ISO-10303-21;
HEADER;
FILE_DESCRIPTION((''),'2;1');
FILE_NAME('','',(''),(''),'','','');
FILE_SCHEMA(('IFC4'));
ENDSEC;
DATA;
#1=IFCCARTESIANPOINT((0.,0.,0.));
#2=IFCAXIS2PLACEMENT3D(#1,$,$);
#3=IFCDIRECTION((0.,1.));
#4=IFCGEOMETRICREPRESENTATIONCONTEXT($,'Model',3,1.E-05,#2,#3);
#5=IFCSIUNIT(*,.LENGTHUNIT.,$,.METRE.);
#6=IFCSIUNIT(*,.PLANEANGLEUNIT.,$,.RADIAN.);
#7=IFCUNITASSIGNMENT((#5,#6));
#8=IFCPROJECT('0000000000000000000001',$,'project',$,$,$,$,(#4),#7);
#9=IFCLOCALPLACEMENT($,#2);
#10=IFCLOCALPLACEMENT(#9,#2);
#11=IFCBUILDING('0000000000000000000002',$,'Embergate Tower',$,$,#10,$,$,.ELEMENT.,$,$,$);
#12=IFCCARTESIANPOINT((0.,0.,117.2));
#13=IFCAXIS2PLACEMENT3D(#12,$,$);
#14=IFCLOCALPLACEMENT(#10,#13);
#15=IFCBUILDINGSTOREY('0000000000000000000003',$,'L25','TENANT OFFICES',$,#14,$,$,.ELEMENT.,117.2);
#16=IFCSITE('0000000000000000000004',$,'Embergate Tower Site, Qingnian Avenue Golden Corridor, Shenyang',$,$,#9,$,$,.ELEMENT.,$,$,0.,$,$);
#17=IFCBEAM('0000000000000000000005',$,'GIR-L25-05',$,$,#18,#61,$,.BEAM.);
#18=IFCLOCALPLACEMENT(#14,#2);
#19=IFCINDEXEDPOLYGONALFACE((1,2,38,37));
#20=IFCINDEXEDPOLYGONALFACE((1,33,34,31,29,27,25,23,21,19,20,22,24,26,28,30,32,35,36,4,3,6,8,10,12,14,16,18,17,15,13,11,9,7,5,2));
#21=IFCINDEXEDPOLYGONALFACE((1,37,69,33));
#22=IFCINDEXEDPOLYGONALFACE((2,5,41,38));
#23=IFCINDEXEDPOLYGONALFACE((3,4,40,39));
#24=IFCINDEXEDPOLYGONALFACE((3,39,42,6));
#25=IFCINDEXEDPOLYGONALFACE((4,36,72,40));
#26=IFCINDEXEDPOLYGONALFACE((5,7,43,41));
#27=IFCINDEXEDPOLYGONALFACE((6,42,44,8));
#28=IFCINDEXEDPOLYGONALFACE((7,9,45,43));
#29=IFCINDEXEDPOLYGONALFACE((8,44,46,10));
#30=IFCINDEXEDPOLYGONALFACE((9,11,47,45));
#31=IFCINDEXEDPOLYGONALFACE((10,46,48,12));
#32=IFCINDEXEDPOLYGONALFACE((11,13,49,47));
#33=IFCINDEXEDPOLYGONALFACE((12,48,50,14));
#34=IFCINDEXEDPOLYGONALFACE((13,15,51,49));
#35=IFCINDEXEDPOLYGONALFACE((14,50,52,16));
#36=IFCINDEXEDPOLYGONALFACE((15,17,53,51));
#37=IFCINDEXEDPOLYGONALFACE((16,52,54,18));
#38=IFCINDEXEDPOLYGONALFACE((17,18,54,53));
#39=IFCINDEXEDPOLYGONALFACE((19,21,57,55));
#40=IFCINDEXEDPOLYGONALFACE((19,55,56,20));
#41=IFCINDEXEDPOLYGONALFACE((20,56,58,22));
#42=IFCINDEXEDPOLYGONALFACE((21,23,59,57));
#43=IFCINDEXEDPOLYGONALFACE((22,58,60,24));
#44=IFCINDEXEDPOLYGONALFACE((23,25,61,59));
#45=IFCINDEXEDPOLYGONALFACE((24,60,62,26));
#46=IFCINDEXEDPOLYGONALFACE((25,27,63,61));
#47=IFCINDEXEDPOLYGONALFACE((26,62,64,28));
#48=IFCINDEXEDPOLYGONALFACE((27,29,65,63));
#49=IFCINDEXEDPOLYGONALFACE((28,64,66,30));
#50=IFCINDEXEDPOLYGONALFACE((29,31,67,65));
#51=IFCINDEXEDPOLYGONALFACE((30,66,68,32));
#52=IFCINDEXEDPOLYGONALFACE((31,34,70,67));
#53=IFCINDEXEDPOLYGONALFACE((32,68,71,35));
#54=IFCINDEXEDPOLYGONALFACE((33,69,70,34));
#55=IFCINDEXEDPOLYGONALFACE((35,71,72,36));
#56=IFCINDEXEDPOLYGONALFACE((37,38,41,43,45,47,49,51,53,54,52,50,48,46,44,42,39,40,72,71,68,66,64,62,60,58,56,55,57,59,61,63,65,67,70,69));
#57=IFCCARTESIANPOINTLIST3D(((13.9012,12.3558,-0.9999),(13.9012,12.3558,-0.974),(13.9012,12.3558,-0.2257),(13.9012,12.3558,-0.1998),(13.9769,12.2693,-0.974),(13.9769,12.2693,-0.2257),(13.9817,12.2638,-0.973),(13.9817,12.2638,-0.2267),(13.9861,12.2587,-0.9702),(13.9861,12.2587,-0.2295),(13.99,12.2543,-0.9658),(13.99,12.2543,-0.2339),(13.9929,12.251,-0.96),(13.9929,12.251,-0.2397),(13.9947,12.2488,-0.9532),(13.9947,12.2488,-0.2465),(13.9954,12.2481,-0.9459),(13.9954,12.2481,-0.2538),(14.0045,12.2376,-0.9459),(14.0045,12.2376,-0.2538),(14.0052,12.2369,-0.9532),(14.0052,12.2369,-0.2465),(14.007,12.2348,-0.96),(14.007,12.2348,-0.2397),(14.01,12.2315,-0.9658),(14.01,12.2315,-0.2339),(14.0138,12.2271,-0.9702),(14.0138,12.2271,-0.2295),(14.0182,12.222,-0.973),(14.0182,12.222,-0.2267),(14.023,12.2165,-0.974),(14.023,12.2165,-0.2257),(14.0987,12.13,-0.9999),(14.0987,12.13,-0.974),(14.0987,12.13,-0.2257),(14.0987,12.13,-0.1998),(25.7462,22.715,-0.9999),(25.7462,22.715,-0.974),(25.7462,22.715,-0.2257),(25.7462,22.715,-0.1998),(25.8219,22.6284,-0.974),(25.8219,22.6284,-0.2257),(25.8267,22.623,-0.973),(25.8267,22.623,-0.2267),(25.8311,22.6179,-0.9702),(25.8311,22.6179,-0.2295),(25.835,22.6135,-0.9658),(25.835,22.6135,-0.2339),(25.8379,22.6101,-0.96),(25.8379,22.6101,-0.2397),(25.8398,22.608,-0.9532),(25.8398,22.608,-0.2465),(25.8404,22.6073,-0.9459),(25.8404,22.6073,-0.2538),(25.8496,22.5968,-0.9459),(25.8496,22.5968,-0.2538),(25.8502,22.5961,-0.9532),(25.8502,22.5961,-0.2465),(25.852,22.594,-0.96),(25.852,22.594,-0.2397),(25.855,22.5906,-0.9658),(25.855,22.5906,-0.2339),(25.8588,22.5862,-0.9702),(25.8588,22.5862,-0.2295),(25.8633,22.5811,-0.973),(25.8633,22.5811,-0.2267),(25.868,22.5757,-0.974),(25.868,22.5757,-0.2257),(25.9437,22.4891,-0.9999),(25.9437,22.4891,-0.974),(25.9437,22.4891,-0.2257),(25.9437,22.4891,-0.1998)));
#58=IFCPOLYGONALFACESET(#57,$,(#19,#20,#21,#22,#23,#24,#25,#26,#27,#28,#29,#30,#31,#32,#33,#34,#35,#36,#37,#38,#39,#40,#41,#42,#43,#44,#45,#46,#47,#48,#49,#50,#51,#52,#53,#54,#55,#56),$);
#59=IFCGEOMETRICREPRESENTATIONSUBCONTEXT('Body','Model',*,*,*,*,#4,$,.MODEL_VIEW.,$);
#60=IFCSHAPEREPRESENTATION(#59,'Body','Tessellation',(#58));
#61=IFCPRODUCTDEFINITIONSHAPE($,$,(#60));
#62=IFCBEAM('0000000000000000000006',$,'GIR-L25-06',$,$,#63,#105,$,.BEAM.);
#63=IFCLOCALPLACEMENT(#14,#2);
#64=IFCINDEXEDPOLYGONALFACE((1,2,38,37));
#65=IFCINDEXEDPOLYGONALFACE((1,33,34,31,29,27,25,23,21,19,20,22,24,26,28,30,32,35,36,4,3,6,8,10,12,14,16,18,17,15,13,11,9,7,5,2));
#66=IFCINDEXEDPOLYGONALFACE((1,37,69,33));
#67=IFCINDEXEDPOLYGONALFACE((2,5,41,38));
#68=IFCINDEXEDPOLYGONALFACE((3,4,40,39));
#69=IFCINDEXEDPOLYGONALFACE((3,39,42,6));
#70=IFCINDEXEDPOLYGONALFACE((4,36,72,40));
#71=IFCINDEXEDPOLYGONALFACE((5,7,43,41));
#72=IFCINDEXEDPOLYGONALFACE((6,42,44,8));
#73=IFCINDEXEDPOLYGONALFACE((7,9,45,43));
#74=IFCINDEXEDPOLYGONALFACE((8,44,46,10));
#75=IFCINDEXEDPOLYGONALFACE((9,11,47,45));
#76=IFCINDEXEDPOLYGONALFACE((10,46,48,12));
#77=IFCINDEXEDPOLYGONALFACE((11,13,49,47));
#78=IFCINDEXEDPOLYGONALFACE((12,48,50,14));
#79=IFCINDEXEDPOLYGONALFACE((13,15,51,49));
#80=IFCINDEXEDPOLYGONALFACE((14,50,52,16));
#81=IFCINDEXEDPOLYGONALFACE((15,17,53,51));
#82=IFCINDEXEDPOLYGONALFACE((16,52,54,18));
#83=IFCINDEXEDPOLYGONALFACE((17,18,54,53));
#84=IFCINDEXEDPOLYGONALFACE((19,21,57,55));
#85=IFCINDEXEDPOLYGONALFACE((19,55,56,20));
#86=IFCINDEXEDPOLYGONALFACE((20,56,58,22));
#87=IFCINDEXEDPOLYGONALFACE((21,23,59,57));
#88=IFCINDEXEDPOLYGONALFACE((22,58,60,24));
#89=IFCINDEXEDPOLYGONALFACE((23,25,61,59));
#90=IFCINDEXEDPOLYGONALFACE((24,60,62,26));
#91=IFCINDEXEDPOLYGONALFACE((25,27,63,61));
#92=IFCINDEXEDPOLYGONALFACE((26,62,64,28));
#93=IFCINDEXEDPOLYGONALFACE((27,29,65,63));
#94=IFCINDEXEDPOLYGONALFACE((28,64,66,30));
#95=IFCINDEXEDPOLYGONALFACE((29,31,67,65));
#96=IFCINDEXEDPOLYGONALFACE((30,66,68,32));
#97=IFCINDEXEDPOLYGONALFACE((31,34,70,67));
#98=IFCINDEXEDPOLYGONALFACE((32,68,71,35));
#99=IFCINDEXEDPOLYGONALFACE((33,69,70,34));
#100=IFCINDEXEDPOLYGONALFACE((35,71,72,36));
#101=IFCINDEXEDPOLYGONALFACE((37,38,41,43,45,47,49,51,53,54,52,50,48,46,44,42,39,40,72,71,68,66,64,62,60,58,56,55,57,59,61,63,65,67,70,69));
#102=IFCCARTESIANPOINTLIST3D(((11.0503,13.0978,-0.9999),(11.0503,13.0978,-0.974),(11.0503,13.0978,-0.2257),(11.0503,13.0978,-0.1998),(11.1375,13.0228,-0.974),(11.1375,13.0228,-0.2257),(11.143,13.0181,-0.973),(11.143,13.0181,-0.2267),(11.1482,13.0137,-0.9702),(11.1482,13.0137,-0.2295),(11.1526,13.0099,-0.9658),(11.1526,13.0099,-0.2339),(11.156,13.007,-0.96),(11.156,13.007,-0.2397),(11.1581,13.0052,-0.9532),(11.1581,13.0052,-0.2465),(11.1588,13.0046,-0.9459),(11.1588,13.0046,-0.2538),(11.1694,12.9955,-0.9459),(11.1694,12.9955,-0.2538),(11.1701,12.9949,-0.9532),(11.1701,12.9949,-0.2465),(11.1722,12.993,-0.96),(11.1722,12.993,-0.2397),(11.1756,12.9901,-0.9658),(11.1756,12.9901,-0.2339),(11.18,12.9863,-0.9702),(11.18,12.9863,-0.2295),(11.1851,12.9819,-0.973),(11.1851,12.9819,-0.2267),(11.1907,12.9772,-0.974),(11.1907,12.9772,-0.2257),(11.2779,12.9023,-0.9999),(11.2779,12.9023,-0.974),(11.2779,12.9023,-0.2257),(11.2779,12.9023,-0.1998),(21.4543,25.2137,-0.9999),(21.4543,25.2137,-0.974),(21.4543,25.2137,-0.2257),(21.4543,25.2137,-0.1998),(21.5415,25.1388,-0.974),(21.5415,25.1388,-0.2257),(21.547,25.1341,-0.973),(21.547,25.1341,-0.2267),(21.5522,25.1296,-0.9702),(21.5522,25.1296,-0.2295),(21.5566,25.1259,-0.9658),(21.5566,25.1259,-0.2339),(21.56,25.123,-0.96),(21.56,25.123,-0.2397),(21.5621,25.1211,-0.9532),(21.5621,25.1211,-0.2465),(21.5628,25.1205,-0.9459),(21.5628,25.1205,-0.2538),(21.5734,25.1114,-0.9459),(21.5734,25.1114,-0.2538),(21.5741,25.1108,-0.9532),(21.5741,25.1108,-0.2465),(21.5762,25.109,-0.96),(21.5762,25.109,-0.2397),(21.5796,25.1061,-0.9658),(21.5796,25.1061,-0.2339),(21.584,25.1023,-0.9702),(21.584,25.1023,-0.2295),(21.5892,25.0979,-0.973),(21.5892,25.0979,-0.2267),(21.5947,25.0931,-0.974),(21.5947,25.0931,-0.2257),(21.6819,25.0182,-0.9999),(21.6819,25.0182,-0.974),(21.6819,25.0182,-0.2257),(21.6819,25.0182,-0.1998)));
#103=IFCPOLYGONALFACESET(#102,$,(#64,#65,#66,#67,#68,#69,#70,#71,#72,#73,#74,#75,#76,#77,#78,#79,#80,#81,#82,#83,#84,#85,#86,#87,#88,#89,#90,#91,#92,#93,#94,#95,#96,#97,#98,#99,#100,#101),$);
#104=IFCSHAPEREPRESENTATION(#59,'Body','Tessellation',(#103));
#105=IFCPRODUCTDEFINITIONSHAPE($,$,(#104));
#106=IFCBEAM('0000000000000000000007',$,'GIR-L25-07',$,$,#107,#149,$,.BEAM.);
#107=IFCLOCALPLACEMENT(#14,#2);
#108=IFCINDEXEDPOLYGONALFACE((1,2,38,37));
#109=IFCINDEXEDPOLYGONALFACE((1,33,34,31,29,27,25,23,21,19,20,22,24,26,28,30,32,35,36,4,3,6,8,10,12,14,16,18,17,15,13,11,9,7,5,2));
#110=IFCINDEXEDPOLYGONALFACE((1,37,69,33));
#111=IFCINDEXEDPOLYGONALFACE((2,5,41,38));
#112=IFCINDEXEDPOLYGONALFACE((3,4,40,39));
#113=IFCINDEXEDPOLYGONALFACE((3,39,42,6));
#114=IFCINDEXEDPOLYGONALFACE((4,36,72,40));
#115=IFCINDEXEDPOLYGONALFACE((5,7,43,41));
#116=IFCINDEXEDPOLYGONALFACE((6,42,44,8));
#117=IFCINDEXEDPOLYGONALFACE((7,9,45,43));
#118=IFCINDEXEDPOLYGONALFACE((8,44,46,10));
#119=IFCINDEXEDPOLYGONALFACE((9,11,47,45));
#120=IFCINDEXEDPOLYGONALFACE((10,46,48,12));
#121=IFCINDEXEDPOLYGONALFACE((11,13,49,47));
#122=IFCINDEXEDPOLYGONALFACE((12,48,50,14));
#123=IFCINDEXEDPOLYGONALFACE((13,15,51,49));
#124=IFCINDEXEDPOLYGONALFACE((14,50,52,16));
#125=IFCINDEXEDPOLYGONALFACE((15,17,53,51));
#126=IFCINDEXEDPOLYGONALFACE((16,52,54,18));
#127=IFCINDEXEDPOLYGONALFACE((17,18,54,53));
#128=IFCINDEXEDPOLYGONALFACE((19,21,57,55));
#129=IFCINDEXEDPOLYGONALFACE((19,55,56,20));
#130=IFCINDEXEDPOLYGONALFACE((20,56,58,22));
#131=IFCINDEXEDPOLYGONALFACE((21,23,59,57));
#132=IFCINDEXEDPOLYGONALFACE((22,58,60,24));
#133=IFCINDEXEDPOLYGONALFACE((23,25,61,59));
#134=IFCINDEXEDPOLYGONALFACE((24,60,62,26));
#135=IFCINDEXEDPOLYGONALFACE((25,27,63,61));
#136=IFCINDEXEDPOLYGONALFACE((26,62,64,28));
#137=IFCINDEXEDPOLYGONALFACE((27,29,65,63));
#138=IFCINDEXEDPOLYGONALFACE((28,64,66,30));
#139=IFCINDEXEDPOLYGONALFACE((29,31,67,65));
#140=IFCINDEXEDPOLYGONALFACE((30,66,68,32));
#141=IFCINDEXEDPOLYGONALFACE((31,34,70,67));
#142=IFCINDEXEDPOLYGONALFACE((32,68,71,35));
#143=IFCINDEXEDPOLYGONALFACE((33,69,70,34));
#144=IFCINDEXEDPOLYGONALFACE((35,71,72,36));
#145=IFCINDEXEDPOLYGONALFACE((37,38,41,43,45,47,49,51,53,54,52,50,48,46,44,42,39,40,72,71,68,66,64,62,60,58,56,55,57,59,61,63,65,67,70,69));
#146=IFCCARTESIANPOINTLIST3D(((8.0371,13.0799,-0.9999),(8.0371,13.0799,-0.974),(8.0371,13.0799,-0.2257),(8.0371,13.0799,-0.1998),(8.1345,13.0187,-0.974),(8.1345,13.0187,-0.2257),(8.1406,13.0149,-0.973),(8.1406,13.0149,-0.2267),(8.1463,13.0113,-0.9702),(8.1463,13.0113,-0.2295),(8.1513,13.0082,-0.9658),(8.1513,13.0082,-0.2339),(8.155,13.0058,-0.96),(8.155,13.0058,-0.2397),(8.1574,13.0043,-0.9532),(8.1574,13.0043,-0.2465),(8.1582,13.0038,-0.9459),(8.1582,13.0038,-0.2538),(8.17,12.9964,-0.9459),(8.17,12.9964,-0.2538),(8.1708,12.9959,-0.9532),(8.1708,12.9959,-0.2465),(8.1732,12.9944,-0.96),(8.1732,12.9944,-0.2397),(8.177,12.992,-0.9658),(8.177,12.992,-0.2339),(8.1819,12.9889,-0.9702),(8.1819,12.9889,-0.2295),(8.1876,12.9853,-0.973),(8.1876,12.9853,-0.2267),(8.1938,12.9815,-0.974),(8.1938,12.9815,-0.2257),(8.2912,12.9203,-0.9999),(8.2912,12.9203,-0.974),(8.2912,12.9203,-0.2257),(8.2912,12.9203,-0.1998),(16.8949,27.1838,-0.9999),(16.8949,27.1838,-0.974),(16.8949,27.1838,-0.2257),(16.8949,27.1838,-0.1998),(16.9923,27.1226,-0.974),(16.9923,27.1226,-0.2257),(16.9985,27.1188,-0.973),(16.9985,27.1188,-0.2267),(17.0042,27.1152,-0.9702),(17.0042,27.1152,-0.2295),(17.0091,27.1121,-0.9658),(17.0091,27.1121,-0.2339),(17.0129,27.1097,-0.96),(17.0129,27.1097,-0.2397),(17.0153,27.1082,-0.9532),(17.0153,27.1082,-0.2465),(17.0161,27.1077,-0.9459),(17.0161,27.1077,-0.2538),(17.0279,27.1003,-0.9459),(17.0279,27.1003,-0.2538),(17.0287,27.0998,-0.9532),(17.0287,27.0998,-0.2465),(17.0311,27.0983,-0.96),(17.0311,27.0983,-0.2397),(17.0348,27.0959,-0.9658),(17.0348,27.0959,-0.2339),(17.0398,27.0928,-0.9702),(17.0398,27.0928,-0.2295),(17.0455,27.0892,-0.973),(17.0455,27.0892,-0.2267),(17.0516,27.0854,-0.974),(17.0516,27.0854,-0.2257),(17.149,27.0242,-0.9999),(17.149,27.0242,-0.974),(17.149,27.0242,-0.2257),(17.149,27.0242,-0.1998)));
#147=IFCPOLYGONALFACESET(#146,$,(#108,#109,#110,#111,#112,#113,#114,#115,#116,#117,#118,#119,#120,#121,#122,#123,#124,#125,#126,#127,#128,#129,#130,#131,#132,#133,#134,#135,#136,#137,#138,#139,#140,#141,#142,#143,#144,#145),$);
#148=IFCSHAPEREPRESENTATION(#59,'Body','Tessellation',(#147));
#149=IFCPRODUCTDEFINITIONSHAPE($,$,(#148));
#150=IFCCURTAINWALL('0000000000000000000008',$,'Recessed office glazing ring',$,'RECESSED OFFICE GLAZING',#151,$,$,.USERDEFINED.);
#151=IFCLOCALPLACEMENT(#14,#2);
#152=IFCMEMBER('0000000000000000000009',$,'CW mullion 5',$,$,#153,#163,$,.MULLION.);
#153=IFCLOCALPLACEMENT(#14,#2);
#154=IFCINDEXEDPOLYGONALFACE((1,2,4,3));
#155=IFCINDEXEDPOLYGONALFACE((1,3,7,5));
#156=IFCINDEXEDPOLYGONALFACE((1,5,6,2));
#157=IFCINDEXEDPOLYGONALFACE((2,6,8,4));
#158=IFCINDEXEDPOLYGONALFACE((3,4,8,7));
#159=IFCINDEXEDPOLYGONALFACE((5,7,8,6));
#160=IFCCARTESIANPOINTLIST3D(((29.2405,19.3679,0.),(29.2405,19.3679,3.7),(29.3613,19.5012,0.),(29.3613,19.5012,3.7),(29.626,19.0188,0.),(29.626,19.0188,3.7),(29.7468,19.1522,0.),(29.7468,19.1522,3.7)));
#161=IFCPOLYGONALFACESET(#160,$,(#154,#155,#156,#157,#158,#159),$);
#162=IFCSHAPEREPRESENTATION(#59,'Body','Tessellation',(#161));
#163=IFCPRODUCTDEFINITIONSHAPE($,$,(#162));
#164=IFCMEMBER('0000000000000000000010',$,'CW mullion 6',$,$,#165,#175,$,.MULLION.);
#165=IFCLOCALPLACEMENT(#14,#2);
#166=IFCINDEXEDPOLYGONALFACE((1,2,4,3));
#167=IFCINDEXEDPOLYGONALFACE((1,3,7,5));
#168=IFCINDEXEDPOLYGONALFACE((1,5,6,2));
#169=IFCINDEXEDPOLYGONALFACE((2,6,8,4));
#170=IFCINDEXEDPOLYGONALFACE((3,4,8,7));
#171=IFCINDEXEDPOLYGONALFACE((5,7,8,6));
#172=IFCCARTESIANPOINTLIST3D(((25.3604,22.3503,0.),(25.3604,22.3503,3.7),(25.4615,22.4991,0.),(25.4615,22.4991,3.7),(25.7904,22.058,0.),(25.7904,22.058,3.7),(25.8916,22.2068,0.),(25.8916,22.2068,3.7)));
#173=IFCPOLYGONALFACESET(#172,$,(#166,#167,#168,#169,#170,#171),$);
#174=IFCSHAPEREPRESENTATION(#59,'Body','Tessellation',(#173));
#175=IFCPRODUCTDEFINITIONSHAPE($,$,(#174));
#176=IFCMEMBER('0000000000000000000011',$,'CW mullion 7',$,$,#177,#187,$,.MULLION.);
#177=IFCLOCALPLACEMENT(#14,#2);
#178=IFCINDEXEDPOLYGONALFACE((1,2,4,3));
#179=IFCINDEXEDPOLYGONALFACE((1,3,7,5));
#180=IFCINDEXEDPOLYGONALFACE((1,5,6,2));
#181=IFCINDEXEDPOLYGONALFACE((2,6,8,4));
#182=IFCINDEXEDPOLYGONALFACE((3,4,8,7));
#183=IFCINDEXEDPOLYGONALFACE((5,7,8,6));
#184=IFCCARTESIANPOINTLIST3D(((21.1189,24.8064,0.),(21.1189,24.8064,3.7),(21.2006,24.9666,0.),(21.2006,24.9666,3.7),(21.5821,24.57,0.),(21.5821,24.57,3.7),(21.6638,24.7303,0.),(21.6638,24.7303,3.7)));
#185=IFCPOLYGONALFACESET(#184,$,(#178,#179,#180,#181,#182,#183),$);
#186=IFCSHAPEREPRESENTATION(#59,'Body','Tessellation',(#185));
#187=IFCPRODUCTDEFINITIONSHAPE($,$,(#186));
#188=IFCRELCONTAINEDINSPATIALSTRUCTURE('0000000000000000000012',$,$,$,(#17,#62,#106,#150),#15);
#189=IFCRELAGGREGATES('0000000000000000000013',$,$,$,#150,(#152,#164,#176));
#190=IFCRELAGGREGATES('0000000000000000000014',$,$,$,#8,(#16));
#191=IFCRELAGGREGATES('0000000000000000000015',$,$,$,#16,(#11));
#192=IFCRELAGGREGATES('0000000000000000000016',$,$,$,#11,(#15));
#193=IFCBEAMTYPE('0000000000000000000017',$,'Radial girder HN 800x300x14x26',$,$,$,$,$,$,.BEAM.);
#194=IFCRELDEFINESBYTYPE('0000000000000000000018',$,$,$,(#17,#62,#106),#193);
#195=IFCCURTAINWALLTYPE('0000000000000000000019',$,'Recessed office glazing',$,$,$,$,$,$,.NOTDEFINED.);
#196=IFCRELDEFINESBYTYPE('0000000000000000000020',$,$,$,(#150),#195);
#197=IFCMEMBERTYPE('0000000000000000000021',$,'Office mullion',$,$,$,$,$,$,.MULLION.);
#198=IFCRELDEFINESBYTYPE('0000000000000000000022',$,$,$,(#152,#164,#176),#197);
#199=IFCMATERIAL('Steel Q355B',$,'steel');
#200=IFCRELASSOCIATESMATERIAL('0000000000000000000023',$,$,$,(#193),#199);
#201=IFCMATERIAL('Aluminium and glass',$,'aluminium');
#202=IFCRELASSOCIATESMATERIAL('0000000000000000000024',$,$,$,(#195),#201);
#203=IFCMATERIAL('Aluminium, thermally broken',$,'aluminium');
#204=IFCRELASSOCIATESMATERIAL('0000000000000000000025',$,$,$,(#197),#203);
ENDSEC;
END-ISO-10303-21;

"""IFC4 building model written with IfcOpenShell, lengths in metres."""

from ifc_helpers import new_model, si_unit, direction, frame, origin, origin_2d, place, context, subcontext, project, spatial, rectangle, i_section, extrude, source, transform, mapped, material, material_profile, profile_set, type_object, element, aggregate, save


model = new_model("IFC4")

# Units and contexts
model_context = context("Model", 3, precision=1e-05, world=origin(), true_north=direction((0.0, 1.0)))
body_context = subcontext(model_context, "Body", "Model", "MODEL_VIEW")
ifc_project = project(units=[si_unit("LENGTHUNIT", "METRE"), si_unit("PLANEANGLEUNIT", "RADIAN")], contexts=[model_context])

# Site, building, storey
site_placement = place(None, origin())
site = spatial("IfcSite", under=ifc_project, at=site_placement, Name="Embergate Tower Site, Qingnian Avenue Golden Corridor, Shenyang", CompositionType="ELEMENT", RefElevation=0.0)
building_placement = place(site_placement, origin())
building = spatial("IfcBuilding", under=site, at=building_placement, Name="Embergate Tower", CompositionType="ELEMENT")
storey_placement = place(building_placement, frame((0.0, 0.0, 117.2)))
storey = spatial("IfcBuildingStorey", under=building, at=storey_placement, Name="L25", Description="TENANT OFFICES", CompositionType="ELEMENT", Elevation=117.2)

# Beams
ifc_material_1 = material(Name="Steel Q355B", Category="steel")
ifc_material_profile_1 = material_profile(ifc_material_1, i_section(OverallWidth=0.3, OverallDepth=0.8, WebThickness=0.0139, FlangeThickness=0.0259, FilletRadius=0.0281, at=origin_2d()), Name="HN 800x300x14x26")
ifc_profile_set_1 = profile_set([ifc_material_profile_1], Name="Steel Q355 grade B")
beam_type_1 = type_object("IfcBeamType", Name="Radial girder HN 800x300x14x26", PredefinedType="BEAM", material=ifc_profile_set_1)
shared_shape_1 = source(origin(), body_context, "Body", "SweptSolid", [
    extrude(i_section(OverallWidth=0.3, OverallDepth=0.8, WebThickness=0.0139, FlangeThickness=0.0259, FilletRadius=0.0281, at=origin_2d()), origin(), (0.0, 0.0, 1.0), 15.7358),
])
beam_1_placement = place(storey_placement, frame((25.845, 22.6021, -0.5999), z_axis=(-0.752741, -0.658317, 0.0), x_axis=(0.658317, -0.752741, 0.0)))
element("IfcBeam", 1, at=beam_1_placement, inside=storey, type_object=beam_type_1, Name="GIR-L25-05", PredefinedType="BEAM", context=body_context, shape_type="MappedRepresentation", body=[
    mapped(shared_shape_1, transform((0.0, 0.0, 0.0))),
])
shared_shape_2 = source(origin(), body_context, "Body", "SweptSolid", [
    extrude(i_section(OverallWidth=0.3, OverallDepth=0.8, WebThickness=0.0139, FlangeThickness=0.0259, FilletRadius=0.0281, at=origin_2d()), origin(), (0.0, 0.0, 1.0), 15.97),
])
beam_2_placement = place(storey_placement, frame((21.5681, 25.116, -0.5999), z_axis=(-0.651475, -0.75867, 0.0), x_axis=(0.75867, -0.651475, 0.0)))
element("IfcBeam", 2, at=beam_2_placement, inside=storey, type_object=beam_type_1, Name="GIR-L25-06", PredefinedType="BEAM", context=body_context, shape_type="MappedRepresentation", body=[
    mapped(shared_shape_2, transform((0.0, 0.0, 0.0))),
])
shared_shape_3 = source(origin(), body_context, "Body", "SweptSolid", [
    extrude(i_section(OverallWidth=0.3, OverallDepth=0.8, WebThickness=0.0139, FlangeThickness=0.0259, FilletRadius=0.0281, at=origin_2d()), origin(), (0.0, 0.0, 1.0), 16.6548),
])
beam_3_placement = place(storey_placement, frame((17.022, 27.104, -0.5999), z_axis=(-0.53185, -0.846838, 0.0), x_axis=(0.846838, -0.53185, 0.0)))
element("IfcBeam", 3, at=beam_3_placement, inside=storey, type_object=beam_type_1, Name="GIR-L25-07", PredefinedType="BEAM", context=body_context, shape_type="MappedRepresentation", body=[
    mapped(shared_shape_3, transform((0.0, 0.0, 0.0))),
])

# Curtain wall, members
ifc_material_2 = material(Name="Aluminium and glass", Category="aluminium")
curtain_wall_type = type_object("IfcCurtainWallType", Name="Recessed office glazing", PredefinedType="NOTDEFINED", material=ifc_material_2)
curtain_wall_placement = place(storey_placement, origin())
curtain_wall = element("IfcCurtainWall", 4, at=curtain_wall_placement, inside=storey, type_object=curtain_wall_type, Name="Recessed office glazing ring", ObjectType="RECESSED OFFICE GLAZING", PredefinedType="USERDEFINED")
ifc_material_3 = material(Name="Aluminium, thermally broken", Category="aluminium")
ifc_material_profile_2 = material_profile(ifc_material_3, rectangle(XDim=0.1799, YDim=0.52, at=origin_2d()), Name="AL 520x180")
ifc_profile_set_2 = profile_set([ifc_material_profile_2], Name="Aluminium, thermally broken")
member_type_1 = type_object("IfcMemberType", Name="Office mullion", PredefinedType="MULLION", material=ifc_profile_set_2)
shared_shape_4 = source(origin(), body_context, "Body", "SweptSolid", [
    extrude(rectangle(XDim=0.1799, YDim=0.52, at=origin_2d()), origin(), (0.0, 0.0, 1.0), 3.7),
])
member_1_placement = place(storey_placement, frame((29.4937, 19.26, 0.0), z_axis=(0.0, 0.0, 1.0), x_axis=(-0.671233, -0.741246, 0.0)))
member_1 = element("IfcMember", 5, at=member_1_placement, type_object=member_type_1, Name="CW mullion 5", PredefinedType="MULLION", context=body_context, shape_type="MappedRepresentation", body=[
    mapped(shared_shape_4, transform((0.0, 0.0, 0.0))),
])
member_2_placement = place(storey_placement, frame((25.626, 22.2786, 0.0), z_axis=(0.0, 0.0, 1.0), x_axis=(-0.562223, -0.826985, 0.0)))
member_2 = element("IfcMember", 6, at=member_2_placement, type_object=member_type_1, Name="CW mullion 6", PredefinedType="MULLION", context=body_context, shape_type="MappedRepresentation", body=[
    mapped(shared_shape_4, transform((0.0, 0.0, 0.0))),
])
member_3_placement = place(storey_placement, frame((21.3914, 24.7683, 0.0), z_axis=(0.0, 0.0, 1.0), x_axis=(-0.454516, -0.890739, 0.0)))
member_3 = element("IfcMember", 7, at=member_3_placement, type_object=member_type_1, Name="CW mullion 7", PredefinedType="MULLION", context=body_context, shape_type="MappedRepresentation", body=[
    mapped(shared_shape_4, transform((0.0, 0.0, 0.0))),
])
aggregate(curtain_wall, [member_1, member_2, member_3])

save(model, "model.ifc")
